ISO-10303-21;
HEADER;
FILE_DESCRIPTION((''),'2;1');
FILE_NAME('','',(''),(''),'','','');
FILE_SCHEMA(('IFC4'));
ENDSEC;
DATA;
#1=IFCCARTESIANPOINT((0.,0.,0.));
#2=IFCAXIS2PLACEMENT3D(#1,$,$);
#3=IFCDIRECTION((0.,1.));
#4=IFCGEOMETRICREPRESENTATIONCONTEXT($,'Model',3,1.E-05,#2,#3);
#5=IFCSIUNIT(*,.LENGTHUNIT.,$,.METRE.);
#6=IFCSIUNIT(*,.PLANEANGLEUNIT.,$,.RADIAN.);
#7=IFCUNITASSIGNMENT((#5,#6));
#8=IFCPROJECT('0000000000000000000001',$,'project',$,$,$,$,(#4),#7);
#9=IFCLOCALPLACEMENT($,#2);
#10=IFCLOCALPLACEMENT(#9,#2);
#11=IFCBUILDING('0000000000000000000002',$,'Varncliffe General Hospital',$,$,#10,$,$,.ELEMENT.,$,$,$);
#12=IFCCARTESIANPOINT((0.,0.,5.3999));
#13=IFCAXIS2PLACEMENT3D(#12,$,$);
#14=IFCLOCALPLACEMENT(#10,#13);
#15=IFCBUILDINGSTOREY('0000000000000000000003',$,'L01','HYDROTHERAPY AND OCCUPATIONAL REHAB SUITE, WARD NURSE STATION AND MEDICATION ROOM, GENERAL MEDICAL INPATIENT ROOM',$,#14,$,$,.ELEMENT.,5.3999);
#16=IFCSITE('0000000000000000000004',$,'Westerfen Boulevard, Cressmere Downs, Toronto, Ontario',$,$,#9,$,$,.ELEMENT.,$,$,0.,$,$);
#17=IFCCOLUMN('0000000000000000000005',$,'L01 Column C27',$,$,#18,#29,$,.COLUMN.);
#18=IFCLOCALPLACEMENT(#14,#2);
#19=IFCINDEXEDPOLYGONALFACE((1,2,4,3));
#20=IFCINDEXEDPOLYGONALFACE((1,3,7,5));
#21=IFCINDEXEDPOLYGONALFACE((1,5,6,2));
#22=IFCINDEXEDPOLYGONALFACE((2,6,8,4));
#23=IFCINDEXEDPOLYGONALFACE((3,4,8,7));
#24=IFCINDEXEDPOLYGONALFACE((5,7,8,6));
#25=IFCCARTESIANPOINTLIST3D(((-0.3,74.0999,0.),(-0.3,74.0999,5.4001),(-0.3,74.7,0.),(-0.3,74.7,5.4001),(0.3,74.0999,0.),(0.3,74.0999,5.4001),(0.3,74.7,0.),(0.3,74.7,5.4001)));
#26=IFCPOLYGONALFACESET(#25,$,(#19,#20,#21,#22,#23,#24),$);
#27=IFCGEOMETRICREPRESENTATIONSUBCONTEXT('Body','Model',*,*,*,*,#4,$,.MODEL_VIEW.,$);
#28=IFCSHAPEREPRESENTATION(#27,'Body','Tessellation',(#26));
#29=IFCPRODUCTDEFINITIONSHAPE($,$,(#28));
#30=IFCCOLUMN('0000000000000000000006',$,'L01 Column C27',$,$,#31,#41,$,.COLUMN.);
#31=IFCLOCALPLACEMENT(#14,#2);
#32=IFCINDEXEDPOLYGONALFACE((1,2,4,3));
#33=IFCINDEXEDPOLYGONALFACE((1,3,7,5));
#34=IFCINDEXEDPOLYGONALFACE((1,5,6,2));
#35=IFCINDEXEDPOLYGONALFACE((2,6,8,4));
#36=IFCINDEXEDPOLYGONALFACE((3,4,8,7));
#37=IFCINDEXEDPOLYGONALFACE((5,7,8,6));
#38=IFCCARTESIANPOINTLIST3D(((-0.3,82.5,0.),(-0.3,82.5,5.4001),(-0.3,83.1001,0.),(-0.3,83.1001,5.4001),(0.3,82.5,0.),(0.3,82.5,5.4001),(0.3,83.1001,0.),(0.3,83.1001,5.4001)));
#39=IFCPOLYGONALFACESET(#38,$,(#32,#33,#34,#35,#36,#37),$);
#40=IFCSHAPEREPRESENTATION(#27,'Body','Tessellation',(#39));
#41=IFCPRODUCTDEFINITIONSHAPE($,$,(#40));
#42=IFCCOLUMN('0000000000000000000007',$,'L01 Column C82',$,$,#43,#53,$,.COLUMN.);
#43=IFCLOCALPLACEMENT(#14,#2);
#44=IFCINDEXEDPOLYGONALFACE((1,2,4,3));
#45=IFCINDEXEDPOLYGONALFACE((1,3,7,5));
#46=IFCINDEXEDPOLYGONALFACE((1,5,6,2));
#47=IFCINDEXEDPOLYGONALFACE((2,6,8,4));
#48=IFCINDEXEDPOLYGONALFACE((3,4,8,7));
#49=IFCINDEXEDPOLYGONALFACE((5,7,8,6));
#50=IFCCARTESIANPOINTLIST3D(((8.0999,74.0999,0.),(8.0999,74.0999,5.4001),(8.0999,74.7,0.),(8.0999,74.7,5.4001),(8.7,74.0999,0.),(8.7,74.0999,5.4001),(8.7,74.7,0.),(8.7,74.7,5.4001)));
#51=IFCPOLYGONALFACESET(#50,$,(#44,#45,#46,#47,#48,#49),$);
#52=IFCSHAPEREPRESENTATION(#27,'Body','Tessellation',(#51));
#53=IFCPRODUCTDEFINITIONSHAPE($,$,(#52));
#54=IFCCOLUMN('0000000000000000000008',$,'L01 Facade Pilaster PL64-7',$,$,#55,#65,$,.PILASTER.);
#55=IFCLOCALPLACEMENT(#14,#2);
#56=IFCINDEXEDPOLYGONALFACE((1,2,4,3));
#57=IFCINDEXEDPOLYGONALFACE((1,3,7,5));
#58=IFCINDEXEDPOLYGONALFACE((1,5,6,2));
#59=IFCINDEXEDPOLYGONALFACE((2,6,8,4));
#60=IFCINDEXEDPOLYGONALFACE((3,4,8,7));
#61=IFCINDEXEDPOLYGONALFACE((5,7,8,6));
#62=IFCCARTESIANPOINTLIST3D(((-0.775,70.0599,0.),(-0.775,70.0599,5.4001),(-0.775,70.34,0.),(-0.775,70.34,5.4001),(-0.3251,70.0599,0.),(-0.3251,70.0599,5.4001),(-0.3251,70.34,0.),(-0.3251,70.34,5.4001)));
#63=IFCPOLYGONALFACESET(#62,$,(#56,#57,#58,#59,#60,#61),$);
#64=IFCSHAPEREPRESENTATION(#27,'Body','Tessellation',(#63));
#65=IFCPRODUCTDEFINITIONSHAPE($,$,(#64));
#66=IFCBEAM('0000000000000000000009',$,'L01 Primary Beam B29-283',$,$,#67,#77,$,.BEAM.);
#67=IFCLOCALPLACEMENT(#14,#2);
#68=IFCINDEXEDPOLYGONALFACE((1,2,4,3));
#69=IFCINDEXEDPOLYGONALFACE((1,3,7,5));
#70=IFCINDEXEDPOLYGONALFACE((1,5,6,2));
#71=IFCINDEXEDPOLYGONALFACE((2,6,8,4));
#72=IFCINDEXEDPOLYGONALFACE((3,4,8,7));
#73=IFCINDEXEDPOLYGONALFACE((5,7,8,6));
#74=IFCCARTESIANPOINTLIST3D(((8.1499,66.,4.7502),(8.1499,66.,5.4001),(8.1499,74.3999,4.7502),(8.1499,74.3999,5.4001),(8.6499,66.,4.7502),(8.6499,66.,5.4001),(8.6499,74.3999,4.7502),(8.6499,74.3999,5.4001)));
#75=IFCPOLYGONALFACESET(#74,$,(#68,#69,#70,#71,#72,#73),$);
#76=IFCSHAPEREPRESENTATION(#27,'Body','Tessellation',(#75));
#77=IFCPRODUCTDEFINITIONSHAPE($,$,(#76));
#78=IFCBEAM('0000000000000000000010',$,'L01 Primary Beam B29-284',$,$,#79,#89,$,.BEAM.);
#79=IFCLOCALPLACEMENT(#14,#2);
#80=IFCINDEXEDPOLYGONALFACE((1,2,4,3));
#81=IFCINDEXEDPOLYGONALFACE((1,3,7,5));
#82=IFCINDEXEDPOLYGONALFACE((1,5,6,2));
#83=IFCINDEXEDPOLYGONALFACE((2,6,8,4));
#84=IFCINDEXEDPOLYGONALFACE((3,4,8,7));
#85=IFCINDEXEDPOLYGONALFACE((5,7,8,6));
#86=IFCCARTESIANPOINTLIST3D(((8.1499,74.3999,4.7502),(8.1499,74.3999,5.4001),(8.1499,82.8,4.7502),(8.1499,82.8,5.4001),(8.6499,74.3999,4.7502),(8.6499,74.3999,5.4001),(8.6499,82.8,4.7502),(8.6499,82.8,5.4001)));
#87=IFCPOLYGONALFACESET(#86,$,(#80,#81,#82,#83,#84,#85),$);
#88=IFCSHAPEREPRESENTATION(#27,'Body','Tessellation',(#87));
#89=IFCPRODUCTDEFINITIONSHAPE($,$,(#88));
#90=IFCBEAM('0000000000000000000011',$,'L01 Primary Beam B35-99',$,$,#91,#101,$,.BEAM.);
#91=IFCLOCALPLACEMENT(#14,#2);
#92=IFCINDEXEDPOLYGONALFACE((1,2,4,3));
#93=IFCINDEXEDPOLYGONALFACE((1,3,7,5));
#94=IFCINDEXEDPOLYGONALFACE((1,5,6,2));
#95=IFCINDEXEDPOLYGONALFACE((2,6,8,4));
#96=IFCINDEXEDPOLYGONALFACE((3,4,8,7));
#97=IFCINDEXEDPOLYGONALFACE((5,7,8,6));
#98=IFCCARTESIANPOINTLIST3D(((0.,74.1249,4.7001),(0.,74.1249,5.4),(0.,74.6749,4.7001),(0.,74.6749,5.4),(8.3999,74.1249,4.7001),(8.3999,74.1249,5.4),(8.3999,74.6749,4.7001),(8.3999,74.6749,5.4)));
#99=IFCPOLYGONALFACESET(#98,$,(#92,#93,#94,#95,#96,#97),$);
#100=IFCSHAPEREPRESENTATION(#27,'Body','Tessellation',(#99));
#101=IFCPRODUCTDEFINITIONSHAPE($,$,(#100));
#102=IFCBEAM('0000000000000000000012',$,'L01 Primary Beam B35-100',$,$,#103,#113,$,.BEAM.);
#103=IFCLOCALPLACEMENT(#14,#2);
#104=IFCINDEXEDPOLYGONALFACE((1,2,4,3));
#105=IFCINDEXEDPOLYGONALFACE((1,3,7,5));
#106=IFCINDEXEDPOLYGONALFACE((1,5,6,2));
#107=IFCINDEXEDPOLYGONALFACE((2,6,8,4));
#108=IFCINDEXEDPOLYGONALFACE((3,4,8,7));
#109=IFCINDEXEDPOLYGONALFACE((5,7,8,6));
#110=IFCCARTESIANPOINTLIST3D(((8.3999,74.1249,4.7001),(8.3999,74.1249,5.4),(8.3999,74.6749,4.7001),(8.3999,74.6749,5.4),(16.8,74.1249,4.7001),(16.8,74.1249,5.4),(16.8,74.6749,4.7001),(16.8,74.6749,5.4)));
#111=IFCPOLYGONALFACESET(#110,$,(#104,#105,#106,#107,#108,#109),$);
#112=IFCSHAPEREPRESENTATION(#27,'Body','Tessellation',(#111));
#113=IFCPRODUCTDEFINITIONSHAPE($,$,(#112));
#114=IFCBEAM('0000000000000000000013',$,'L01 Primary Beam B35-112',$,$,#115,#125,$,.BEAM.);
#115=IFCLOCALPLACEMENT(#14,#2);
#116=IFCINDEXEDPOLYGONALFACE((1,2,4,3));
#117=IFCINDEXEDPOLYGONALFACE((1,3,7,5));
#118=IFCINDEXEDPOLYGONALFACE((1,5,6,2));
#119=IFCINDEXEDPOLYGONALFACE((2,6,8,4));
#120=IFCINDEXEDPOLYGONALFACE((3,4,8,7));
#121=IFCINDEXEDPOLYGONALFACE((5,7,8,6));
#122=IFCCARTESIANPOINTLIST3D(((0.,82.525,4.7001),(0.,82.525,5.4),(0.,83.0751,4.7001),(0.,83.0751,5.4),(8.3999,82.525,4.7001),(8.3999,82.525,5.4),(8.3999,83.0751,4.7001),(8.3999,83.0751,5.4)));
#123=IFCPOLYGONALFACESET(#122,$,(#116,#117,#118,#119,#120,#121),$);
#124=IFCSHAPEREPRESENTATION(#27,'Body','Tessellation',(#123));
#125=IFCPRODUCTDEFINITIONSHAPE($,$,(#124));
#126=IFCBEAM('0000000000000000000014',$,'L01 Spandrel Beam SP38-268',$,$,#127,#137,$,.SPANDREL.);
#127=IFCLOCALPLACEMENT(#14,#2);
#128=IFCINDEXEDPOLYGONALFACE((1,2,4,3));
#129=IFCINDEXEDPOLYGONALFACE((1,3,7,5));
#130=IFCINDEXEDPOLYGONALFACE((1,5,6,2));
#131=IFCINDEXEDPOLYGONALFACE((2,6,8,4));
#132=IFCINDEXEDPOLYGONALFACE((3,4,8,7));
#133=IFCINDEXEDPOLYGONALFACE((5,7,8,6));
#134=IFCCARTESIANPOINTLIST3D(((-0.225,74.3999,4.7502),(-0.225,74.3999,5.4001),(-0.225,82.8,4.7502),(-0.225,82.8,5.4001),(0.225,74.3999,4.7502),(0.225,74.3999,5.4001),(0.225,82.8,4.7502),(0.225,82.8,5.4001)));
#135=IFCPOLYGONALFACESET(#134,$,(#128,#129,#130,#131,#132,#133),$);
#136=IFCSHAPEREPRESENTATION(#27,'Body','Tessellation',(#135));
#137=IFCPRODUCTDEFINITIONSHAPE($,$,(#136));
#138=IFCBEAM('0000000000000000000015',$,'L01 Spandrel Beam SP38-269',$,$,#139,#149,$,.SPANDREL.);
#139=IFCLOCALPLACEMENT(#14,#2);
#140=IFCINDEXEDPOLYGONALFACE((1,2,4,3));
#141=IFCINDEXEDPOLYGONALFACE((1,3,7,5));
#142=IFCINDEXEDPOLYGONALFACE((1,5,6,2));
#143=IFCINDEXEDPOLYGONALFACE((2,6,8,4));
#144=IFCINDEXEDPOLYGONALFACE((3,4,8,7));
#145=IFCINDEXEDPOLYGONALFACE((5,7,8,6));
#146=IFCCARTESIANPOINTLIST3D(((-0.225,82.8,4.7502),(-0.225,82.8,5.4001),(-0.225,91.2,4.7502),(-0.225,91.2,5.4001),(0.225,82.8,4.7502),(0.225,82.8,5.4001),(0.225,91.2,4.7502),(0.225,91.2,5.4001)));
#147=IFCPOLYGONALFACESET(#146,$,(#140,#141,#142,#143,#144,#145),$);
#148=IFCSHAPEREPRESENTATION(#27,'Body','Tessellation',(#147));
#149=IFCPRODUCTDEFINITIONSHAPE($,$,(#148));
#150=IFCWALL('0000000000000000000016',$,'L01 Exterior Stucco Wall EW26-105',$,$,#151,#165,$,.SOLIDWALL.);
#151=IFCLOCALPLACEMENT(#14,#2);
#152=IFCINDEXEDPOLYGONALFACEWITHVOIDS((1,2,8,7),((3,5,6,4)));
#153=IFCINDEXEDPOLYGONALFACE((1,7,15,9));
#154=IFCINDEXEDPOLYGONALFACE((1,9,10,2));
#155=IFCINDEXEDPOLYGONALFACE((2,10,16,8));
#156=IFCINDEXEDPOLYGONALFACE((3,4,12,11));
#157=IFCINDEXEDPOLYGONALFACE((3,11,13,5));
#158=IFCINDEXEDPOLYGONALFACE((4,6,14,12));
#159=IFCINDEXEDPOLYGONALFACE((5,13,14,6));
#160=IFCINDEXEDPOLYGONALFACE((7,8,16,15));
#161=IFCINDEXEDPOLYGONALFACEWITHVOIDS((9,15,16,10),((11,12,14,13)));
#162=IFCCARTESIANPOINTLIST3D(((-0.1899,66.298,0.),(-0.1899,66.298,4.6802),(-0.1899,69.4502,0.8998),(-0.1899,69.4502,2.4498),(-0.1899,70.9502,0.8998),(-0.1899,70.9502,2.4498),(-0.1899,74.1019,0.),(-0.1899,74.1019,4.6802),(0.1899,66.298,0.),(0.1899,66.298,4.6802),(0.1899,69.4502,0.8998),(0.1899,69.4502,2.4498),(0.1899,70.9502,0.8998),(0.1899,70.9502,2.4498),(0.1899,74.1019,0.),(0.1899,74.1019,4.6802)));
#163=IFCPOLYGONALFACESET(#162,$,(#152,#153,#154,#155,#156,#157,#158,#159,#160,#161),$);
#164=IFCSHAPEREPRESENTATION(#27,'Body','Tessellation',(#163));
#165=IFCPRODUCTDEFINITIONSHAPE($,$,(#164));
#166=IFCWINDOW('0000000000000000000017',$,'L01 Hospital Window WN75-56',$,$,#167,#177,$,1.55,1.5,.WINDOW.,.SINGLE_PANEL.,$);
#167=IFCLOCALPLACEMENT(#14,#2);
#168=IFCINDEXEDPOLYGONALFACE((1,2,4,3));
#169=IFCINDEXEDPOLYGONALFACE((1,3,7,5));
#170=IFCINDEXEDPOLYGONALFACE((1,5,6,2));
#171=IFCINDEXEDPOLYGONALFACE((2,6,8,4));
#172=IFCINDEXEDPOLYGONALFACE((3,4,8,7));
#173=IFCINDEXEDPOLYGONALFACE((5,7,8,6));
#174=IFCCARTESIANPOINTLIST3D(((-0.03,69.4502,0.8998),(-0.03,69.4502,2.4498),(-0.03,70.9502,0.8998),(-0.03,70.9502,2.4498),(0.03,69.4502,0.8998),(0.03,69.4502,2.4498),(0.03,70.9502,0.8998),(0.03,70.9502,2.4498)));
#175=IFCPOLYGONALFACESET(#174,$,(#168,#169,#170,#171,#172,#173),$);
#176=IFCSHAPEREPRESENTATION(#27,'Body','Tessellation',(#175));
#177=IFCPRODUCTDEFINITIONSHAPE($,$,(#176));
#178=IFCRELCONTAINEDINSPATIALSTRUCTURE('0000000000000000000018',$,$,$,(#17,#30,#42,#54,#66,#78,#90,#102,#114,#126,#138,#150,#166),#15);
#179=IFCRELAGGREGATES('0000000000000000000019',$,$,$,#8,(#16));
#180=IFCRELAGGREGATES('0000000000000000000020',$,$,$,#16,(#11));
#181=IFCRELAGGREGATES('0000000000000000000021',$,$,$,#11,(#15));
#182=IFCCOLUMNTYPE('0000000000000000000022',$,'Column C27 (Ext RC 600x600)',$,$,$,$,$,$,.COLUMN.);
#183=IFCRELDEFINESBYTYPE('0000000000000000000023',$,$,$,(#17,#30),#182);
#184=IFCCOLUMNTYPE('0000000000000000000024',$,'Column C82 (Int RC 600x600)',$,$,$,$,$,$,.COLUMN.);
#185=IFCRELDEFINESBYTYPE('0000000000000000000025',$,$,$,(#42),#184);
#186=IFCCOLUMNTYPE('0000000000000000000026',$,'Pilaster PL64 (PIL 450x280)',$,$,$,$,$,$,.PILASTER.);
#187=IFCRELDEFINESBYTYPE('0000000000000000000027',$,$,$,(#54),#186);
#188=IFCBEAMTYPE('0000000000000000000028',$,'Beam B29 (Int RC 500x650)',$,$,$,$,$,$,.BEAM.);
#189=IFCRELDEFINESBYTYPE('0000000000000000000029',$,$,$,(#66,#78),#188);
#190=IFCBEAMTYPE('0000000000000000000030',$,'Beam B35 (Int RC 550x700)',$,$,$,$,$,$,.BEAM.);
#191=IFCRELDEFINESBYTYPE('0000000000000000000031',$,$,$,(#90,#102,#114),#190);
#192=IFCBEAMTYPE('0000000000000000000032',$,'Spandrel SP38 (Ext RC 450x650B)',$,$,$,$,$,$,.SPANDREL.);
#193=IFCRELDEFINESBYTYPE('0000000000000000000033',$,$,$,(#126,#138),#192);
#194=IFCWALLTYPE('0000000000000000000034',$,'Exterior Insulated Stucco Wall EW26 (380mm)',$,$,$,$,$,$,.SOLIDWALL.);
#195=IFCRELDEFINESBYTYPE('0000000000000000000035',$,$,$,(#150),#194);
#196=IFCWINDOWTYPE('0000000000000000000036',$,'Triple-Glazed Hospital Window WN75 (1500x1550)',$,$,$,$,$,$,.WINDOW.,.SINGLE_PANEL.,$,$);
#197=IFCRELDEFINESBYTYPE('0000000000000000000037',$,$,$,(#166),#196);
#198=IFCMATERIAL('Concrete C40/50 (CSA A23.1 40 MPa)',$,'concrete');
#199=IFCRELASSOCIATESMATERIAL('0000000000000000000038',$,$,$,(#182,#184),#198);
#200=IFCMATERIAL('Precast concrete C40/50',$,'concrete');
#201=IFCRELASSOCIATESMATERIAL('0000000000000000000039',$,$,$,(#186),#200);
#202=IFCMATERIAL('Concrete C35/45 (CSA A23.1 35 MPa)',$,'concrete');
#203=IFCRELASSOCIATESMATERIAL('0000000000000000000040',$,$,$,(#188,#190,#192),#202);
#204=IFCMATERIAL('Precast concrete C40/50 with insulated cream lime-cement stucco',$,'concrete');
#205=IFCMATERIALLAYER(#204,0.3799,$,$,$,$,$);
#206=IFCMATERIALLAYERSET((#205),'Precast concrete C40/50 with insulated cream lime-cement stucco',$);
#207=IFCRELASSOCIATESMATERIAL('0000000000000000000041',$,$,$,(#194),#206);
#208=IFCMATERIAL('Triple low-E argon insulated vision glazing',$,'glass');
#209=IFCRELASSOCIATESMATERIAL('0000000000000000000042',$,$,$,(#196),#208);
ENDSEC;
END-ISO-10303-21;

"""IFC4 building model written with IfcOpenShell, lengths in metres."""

from ifc_helpers import new_model, si_unit, direction, frame, frame_2d, origin, origin_2d, place, context, subcontext, project, spatial, rectangle, extrude, material, layer, layer_set, material_profile, profile_set, type_object, element, fill, save


model = new_model("IFC4")

# Units and contexts
model_context = context("Model", 3, precision=1e-05, world=origin(), true_north=direction((0.0, 1.0)))
body_context = subcontext(model_context, "Body", "Model", "MODEL_VIEW")
ifc_project = project(units=[si_unit("LENGTHUNIT", "METRE"), si_unit("PLANEANGLEUNIT", "RADIAN")], contexts=[model_context])

# Site, building, storey
site_placement = place(None, origin())
site = spatial("IfcSite", under=ifc_project, at=site_placement, Name="Westerfen Boulevard, Cressmere Downs, Toronto, Ontario", CompositionType="ELEMENT", RefElevation=0.0)
building_placement = place(site_placement, origin())
building = spatial("IfcBuilding", under=site, at=building_placement, Name="Varncliffe General Hospital", CompositionType="ELEMENT")
storey_placement = place(building_placement, frame((0.0, 0.0, 5.3999)))
storey = spatial("IfcBuildingStorey", under=building, at=storey_placement, Name="L01", Description="HYDROTHERAPY AND OCCUPATIONAL REHAB SUITE, WARD NURSE STATION AND MEDICATION ROOM, GENERAL MEDICAL INPATIENT ROOM", CompositionType="ELEMENT", Elevation=5.3999)

# Columns
ifc_material_1 = material(Name="Concrete C40/50 (CSA A23.1 40 MPa)", Category="concrete")
ifc_material_profile_1 = material_profile(ifc_material_1, rectangle(XDim=0.6001, YDim=0.6001, at=origin_2d()), Name="RC 600x600")
ifc_profile_set_1 = profile_set([ifc_material_profile_1], Name="Concrete C40/50 (CSA A23.1 40 MPa)")
column_type_1 = type_object("IfcColumnType", Name="Column C27 (Ext RC 600x600)", PredefinedType="COLUMN", material=ifc_profile_set_1)
for number, where, z_axis, x_axis, name in (
    (1, (0.0, 74.3999, 0.0), (0.0, 0.0, 1.0), (1.0, 0.0, 0.0), "L01 Column C27"),
    (2, (0.0, 82.8, 0.0), (0.0, 0.0, 1.0), (1.0, 0.0, 0.0), "L01 Column C27"),
):
    element("IfcColumn", number, at=place(storey_placement, frame(where, z_axis=z_axis, x_axis=x_axis)), inside=storey, type_object=column_type_1, Name=name, PredefinedType="COLUMN", context=body_context, shape_type="SweptSolid", body=[
        extrude(rectangle(XDim=0.6001, YDim=0.6001, at=origin_2d()), origin(), (0.0, 0.0, 1.0), 5.4001),
    ])
ifc_material_profile_2 = material_profile(ifc_material_1, rectangle(XDim=0.6001, YDim=0.6001, at=origin_2d()), Name="RC 600x600")
ifc_profile_set_2 = profile_set([ifc_material_profile_2], Name="Concrete C40/50 (CSA A23.1 40 MPa)")
column_type_2 = type_object("IfcColumnType", Name="Column C82 (Int RC 600x600)", PredefinedType="COLUMN", material=ifc_profile_set_2)
column_1_placement = place(storey_placement, frame((8.3999, 74.3999, 0.0), z_axis=(0.0, 0.0, 1.0), x_axis=(1.0, 0.0, 0.0)))
element("IfcColumn", 3, at=column_1_placement, inside=storey, type_object=column_type_2, Name="L01 Column C82", PredefinedType="COLUMN", context=body_context, shape_type="SweptSolid", body=[
    extrude(rectangle(XDim=0.6001, YDim=0.6001, at=origin_2d()), origin(), (0.0, 0.0, 1.0), 5.4001),
])
ifc_material_2 = material(Name="Precast concrete C40/50", Category="concrete")
ifc_material_profile_3 = material_profile(ifc_material_2, rectangle(XDim=0.45, YDim=0.28, at=origin_2d()), Name="PIL 450x280")
ifc_profile_set_3 = profile_set([ifc_material_profile_3], Name="Precast concrete C40/50")
column_type_3 = type_object("IfcColumnType", Name="Pilaster PL64 (PIL 450x280)", PredefinedType="PILASTER", material=ifc_profile_set_3)
column_2_placement = place(storey_placement, frame((-0.55, 70.2, 0.0), z_axis=(0.0, 0.0, 1.0), x_axis=(1.0, 0.0, 0.0)))
element("IfcColumn", 4, at=column_2_placement, inside=storey, type_object=column_type_3, Name="L01 Facade Pilaster PL64-7", PredefinedType="PILASTER", context=body_context, shape_type="SweptSolid", body=[
    extrude(rectangle(XDim=0.45, YDim=0.28, at=origin_2d()), origin(), (0.0, 0.0, 1.0), 5.4001),
])

# Beams
ifc_material_3 = material(Name="Concrete C35/45 (CSA A23.1 35 MPa)", Category="concrete")
ifc_material_profile_4 = material_profile(ifc_material_3, rectangle(XDim=0.5, YDim=0.6499, at=origin_2d()), Name="RC 500x650")
ifc_profile_set_4 = profile_set([ifc_material_profile_4], Name="Concrete C35/45 (CSA A23.1 35 MPa)")
beam_type_1 = type_object("IfcBeamType", Name="Beam B29 (Int RC 500x650)", PredefinedType="BEAM", material=ifc_profile_set_4)
beam_1_placement = place(storey_placement, frame((8.3999, 66.0, 5.0752), z_axis=(0.0, 1.0, 0.0), x_axis=(-1.0, 0.0, 0.0)))
element("IfcBeam", 5, at=beam_1_placement, inside=storey, type_object=beam_type_1, Name="L01 Primary Beam B29-283", PredefinedType="BEAM", context=body_context, shape_type="SweptSolid", body=[
    extrude(rectangle(XDim=0.5, YDim=0.6499, at=origin_2d()), origin(), (0.0, 0.0, 1.0), 8.3999),
])
beam_2_placement = place(storey_placement, frame((8.3999, 74.3999, 5.0752), z_axis=(0.0, 1.0, 0.0), x_axis=(-1.0, 0.0, 0.0)))
element("IfcBeam", 6, at=beam_2_placement, inside=storey, type_object=beam_type_1, Name="L01 Primary Beam B29-284", PredefinedType="BEAM", context=body_context, shape_type="SweptSolid", body=[
    extrude(rectangle(XDim=0.5, YDim=0.6499, at=origin_2d()), origin(), (0.0, 0.0, 1.0), 8.4001),
])
ifc_material_profile_5 = material_profile(ifc_material_3, rectangle(XDim=0.55, YDim=0.7, at=origin_2d()), Name="RC 550x700")
ifc_profile_set_5 = profile_set([ifc_material_profile_5], Name="Concrete C35/45 (CSA A23.1 35 MPa)")
beam_type_2 = type_object("IfcBeamType", Name="Beam B35 (Int RC 550x700)", PredefinedType="BEAM", material=ifc_profile_set_5)
beam_3_placement = place(storey_placement, frame((0.0, 74.3999, 5.05), z_axis=(1.0, 0.0, 0.0), x_axis=(0.0, 1.0, 0.0)))
element("IfcBeam", 7, at=beam_3_placement, inside=storey, type_object=beam_type_2, Name="L01 Primary Beam B35-99", PredefinedType="BEAM", context=body_context, shape_type="SweptSolid", body=[
    extrude(rectangle(XDim=0.55, YDim=0.7, at=origin_2d()), origin(), (0.0, 0.0, 1.0), 8.3999),
])
beam_4_placement = place(storey_placement, frame((8.3999, 74.3999, 5.05), z_axis=(1.0, 0.0, 0.0), x_axis=(0.0, 1.0, 0.0)))
element("IfcBeam", 8, at=beam_4_placement, inside=storey, type_object=beam_type_2, Name="L01 Primary Beam B35-100", PredefinedType="BEAM", context=body_context, shape_type="SweptSolid", body=[
    extrude(rectangle(XDim=0.55, YDim=0.7, at=origin_2d()), origin(), (0.0, 0.0, 1.0), 8.4001),
])
beam_5_placement = place(storey_placement, frame((0.0, 82.8, 5.05), z_axis=(1.0, 0.0, 0.0), x_axis=(0.0, 1.0, 0.0)))
element("IfcBeam", 9, at=beam_5_placement, inside=storey, type_object=beam_type_2, Name="L01 Primary Beam B35-112", PredefinedType="BEAM", context=body_context, shape_type="SweptSolid", body=[
    extrude(rectangle(XDim=0.55, YDim=0.7, at=origin_2d()), origin(), (0.0, 0.0, 1.0), 8.3999),
])
ifc_material_profile_6 = material_profile(ifc_material_3, rectangle(XDim=0.45, YDim=0.6499, at=origin_2d()), Name="RC 450x650")
ifc_profile_set_6 = profile_set([ifc_material_profile_6], Name="Concrete C35/45 (CSA A23.1 35 MPa)")
beam_type_3 = type_object("IfcBeamType", Name="Spandrel SP38 (Ext RC 450x650B)", PredefinedType="SPANDREL", material=ifc_profile_set_6)
beam_6_placement = place(storey_placement, frame((0.0, 74.3999, 5.0752), z_axis=(0.0, 1.0, 0.0), x_axis=(-1.0, 0.0, 0.0)))
element("IfcBeam", 10, at=beam_6_placement, inside=storey, type_object=beam_type_3, Name="L01 Spandrel Beam SP38-268", PredefinedType="SPANDREL", context=body_context, shape_type="SweptSolid", body=[
    extrude(rectangle(XDim=0.45, YDim=0.6499, at=origin_2d()), origin(), (0.0, 0.0, 1.0), 8.4001),
])
beam_7_placement = place(storey_placement, frame((0.0, 82.8, 5.0752), z_axis=(0.0, 1.0, 0.0), x_axis=(-1.0, 0.0, 0.0)))
element("IfcBeam", 11, at=beam_7_placement, inside=storey, type_object=beam_type_3, Name="L01 Spandrel Beam SP38-269", PredefinedType="SPANDREL", context=body_context, shape_type="SweptSolid", body=[
    extrude(rectangle(XDim=0.45, YDim=0.6499, at=origin_2d()), origin(), (0.0, 0.0, 1.0), 8.3999),
])

# Wall, opening, window
ifc_material_4 = material(Name="Precast concrete C40/50 with insulated cream lime-cement stucco", Category="concrete")
ifc_layer_1 = layer(ifc_material_4, 0.3799)
ifc_layer_set_1 = layer_set([ifc_layer_1], Name="Precast concrete C40/50 with insulated cream lime-cement stucco")
wall_type_1 = type_object("IfcWallType", Name="Exterior Insulated Stucco Wall EW26 (380mm)", PredefinedType="SOLIDWALL", material=ifc_layer_set_1)
wall_1_placement = place(storey_placement, frame((0.0, 66.2981, 0.0), z_axis=(0.0, 0.0, 1.0), x_axis=(0.0, 1.0, 0.0)))
wall_1 = element("IfcWall", 12, at=wall_1_placement, inside=storey, type_object=wall_type_1, Name="L01 Exterior Stucco Wall EW26-105", PredefinedType="SOLIDWALL", context=body_context, shape_type="SweptSolid", body=[
    extrude(rectangle(XDim=7.804, YDim=0.3799, at=frame_2d((3.9019, 0.0))), origin(), (0.0, 0.0, 1.0), 4.6802),
])
opening_1_placement = place(wall_1_placement, frame((3.1521, 0.0, 0.8999)))
opening_1 = element("IfcOpeningElement", 13, at=opening_1_placement, cuts=wall_1, PredefinedType="OPENING", context=body_context, shape_type="SweptSolid", body=[
    extrude(rectangle(XDim=1.5, YDim=1.55, at=frame_2d((0.75, 0.7749))), frame((0.0, 0.2, 0.0), z_axis=(0.0, -1.0, 0.0), x_axis=(1.0, 0.0, 0.0)), (0.0, 0.0, 1.0), 0.3999),
])
ifc_material_5 = material(Name="Triple low-E argon insulated vision glazing", Category="glass")
window_type_1 = type_object("IfcWindowType", Name="Triple-Glazed Hospital Window WN75 (1500x1550)", PartitioningType="SINGLE_PANEL", PredefinedType="WINDOW", material=ifc_material_5)
window_1_placement = place(opening_1_placement, origin())
window_1 = element("IfcWindow", 14, at=window_1_placement, inside=storey, type_object=window_type_1, Name="L01 Hospital Window WN75-56", OverallHeight=1.55, OverallWidth=1.5, PartitioningType="SINGLE_PANEL", PredefinedType="WINDOW", context=body_context, shape_type="SweptSolid", body=[
    extrude(rectangle(XDim=1.5, YDim=1.55, at=frame_2d((0.75, 0.7749))), frame((0.0, 0.03, 0.0), z_axis=(0.0, -1.0, 0.0), x_axis=(1.0, 0.0, 0.0)), (0.0, 0.0, 1.0), 0.0601),
])
fill(opening_1, window_1)

save(model, "model.ifc")
